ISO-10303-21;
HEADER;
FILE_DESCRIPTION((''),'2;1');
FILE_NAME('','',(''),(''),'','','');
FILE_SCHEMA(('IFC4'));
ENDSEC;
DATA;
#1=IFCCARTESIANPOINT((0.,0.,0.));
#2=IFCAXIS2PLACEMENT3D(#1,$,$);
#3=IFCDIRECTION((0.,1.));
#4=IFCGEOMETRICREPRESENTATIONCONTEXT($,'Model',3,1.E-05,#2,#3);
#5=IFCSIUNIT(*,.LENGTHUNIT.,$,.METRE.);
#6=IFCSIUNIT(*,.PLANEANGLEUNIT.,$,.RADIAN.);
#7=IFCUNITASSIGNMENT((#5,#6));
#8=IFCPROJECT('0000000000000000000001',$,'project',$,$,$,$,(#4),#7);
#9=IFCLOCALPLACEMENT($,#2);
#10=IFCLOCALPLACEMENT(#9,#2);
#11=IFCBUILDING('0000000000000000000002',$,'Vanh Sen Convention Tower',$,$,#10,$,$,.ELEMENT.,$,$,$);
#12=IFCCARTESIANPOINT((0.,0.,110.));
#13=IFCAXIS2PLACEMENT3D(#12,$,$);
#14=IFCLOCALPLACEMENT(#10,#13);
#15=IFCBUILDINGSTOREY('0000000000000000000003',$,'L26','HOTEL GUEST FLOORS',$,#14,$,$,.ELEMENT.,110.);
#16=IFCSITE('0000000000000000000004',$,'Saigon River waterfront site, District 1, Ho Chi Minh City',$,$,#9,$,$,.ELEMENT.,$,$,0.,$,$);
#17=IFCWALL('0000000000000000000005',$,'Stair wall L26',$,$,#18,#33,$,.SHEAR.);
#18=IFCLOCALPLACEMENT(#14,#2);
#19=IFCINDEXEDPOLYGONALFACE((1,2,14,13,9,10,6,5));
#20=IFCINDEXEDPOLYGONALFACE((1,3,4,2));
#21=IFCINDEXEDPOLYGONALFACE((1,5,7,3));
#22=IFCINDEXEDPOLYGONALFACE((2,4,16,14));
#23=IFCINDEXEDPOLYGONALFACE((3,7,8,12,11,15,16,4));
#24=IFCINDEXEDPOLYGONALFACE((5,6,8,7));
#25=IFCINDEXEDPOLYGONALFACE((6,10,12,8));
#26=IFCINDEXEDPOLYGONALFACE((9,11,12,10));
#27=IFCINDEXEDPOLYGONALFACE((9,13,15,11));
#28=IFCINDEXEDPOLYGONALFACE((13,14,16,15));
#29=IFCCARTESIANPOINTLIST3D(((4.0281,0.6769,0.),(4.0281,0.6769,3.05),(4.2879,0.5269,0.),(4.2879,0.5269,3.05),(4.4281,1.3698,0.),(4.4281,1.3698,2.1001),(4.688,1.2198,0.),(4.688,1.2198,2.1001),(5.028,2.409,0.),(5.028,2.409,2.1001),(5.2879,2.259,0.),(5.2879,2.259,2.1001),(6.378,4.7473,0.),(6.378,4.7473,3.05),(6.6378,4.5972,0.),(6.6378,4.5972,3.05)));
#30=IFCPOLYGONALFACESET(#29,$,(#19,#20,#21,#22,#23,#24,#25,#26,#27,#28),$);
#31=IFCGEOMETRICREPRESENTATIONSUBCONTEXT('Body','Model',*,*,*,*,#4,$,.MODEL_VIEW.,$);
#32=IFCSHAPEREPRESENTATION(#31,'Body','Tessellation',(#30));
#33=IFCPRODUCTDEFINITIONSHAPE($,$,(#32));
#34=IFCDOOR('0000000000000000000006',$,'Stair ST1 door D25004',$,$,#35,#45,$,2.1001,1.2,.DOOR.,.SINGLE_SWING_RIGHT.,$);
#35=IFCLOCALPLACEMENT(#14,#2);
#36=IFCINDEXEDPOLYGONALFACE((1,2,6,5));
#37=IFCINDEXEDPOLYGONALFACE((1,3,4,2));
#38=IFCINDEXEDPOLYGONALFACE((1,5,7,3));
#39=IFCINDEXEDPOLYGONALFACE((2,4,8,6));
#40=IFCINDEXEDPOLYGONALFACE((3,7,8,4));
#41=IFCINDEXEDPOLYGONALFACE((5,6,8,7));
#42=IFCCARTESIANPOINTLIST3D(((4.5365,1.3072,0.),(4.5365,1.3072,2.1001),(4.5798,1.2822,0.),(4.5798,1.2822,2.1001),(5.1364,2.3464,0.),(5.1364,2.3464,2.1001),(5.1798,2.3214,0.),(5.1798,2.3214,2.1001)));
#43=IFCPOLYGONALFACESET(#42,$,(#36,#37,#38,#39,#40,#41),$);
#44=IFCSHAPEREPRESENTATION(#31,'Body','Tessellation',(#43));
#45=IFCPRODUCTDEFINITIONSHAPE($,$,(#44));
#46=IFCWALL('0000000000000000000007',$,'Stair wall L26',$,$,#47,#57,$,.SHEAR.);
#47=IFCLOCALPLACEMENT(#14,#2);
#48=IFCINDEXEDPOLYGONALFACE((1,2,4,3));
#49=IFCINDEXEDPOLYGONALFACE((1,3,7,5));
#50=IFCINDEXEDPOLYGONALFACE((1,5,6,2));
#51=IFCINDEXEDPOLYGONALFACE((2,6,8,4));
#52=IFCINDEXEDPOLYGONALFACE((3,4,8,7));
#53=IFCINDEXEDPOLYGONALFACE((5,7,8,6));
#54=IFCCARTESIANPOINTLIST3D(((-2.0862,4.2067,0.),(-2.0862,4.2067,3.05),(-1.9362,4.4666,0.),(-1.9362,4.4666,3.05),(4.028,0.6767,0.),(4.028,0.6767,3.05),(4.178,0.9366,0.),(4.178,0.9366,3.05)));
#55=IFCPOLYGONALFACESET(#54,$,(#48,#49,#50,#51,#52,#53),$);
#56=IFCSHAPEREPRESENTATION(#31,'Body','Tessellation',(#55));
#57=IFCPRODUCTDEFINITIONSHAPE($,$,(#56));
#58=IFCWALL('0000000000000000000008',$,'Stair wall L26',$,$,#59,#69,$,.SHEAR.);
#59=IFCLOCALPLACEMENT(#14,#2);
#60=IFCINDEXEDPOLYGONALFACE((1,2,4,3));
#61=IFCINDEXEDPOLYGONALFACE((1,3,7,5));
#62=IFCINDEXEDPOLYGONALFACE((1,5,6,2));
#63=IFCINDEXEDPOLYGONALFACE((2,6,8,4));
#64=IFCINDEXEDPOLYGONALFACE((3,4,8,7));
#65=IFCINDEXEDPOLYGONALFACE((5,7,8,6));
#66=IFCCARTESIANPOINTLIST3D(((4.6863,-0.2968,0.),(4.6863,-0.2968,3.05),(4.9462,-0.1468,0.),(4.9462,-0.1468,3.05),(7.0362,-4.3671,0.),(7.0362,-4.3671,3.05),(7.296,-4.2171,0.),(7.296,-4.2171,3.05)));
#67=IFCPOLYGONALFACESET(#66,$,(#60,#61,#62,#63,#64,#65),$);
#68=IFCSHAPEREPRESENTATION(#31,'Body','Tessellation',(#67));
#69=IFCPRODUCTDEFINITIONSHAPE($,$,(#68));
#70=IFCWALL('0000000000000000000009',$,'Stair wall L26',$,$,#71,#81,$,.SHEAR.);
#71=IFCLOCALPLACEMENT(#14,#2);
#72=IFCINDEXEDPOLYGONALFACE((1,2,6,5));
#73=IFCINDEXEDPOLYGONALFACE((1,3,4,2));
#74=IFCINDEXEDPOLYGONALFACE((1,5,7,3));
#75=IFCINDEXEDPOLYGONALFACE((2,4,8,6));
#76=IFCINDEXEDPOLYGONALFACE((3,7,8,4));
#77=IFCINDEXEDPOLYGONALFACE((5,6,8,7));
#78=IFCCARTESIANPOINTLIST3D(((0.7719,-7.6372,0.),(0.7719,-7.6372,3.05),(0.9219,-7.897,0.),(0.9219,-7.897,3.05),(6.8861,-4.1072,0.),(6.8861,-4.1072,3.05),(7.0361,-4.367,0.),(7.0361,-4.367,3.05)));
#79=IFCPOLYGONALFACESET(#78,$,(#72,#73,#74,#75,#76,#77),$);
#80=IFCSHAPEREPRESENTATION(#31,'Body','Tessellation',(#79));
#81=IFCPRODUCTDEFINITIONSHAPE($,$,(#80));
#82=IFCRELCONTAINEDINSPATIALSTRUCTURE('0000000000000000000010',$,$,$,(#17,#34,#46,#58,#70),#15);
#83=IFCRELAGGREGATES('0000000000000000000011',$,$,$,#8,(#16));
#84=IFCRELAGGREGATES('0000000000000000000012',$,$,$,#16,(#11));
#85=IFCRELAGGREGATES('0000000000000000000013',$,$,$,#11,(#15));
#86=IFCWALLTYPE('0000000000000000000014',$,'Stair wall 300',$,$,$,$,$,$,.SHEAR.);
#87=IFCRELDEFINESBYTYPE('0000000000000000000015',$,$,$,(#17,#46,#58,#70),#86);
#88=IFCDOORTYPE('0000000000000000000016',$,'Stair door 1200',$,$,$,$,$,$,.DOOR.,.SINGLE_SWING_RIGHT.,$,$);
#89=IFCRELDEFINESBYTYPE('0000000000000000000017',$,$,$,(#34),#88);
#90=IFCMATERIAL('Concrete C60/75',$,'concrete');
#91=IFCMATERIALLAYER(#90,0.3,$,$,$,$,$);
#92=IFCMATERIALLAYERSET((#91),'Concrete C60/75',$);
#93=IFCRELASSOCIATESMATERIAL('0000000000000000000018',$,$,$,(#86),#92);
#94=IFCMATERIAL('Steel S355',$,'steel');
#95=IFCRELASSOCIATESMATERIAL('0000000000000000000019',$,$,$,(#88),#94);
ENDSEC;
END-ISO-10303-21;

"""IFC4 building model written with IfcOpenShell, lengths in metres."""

from ifc_helpers import new_model, si_unit, direction, frame, frame_2d, origin, place, context, subcontext, project, spatial, rectangle, extrude, material, layer, layer_set, type_object, element, fill, save


model = new_model("IFC4")

# Units and contexts
model_context = context("Model", 3, precision=1e-05, world=origin(), true_north=direction((0.0, 1.0)))
body_context = subcontext(model_context, "Body", "Model", "MODEL_VIEW")
ifc_project = project(units=[si_unit("LENGTHUNIT", "METRE"), si_unit("PLANEANGLEUNIT", "RADIAN")], contexts=[model_context])

# Site, building, storey
site_placement = place(None, origin())
site = spatial("IfcSite", under=ifc_project, at=site_placement, Name="Saigon River waterfront site, District 1, Ho Chi Minh City", CompositionType="ELEMENT", RefElevation=0.0)
building_placement = place(site_placement, origin())
building = spatial("IfcBuilding", under=site, at=building_placement, Name="Vanh Sen Convention Tower", CompositionType="ELEMENT")
storey_placement = place(building_placement, frame((0.0, 0.0, 110.0)))
storey = spatial("IfcBuildingStorey", under=building, at=storey_placement, Name="L26", Description="HOTEL GUEST FLOORS", CompositionType="ELEMENT", Elevation=110.0)

# Shared definitions
ifc_material_1 = material(Name="Steel S355", Category="steel")

# Wall, opening, door
ifc_material_2 = material(Name="Concrete C60/75", Category="concrete")
ifc_layer_1 = layer(ifc_material_2, 0.3)
ifc_layer_set_1 = layer_set([ifc_layer_1], Name="Concrete C60/75")
wall_type_1 = type_object("IfcWallType", Name="Stair wall 300", PredefinedType="SHEAR", material=ifc_layer_set_1)
wall_1_placement = place(storey_placement, frame((4.158, 0.6018, 0.0), z_axis=(0.0, 0.0, 1.0), x_axis=(0.499977, 0.866039, 0.0)))
wall_1 = element("IfcWall", 1, at=wall_1_placement, inside=storey, type_object=wall_type_1, Name="Stair wall L26", PredefinedType="SHEAR", context=body_context, shape_type="SweptSolid", body=[
    extrude(rectangle(XDim=4.7, YDim=0.3, at=frame_2d((2.3501, 0.0))), origin(), (0.0, 0.0, 1.0), 3.05),
])
opening_1_placement = place(wall_1_placement, frame((0.8, 0.0, 0.0)))
opening_1 = element("IfcOpeningElement", 2, at=opening_1_placement, cuts=wall_1, PredefinedType="OPENING", context=body_context, shape_type="SweptSolid", body=[
    extrude(rectangle(XDim=1.2, YDim=2.1001, at=frame_2d((0.6001, 1.05))), frame((0.0, 0.1599, 0.0), z_axis=(0.0, -1.0, 0.0), x_axis=(1.0, 0.0, 0.0)), (0.0, 0.0, 1.0), 0.3201),
])
door_type_1 = type_object("IfcDoorType", Name="Stair door 1200", OperationType="SINGLE_SWING_RIGHT", PredefinedType="DOOR", material=ifc_material_1)
door_1_placement = place(opening_1_placement, origin())
door_1 = element("IfcDoor", 3, at=door_1_placement, inside=storey, type_object=door_type_1, Name="Stair ST1 door D25004", OperationType="SINGLE_SWING_RIGHT", OverallHeight=2.1001, OverallWidth=1.2, PredefinedType="DOOR", context=body_context, shape_type="SweptSolid", body=[
    extrude(rectangle(XDim=1.2, YDim=2.1001, at=frame_2d((0.6001, 1.05))), frame((0.0, 0.0249, 0.0), z_axis=(0.0, -1.0, 0.0), x_axis=(1.0, 0.0, 0.0)), (0.0, 0.0, 1.0), 0.05),
])
fill(opening_1, door_1)

# Walls
wall_2_placement = place(storey_placement, frame((4.103, 0.8066, 0.0), z_axis=(0.0, 0.0, 1.0), x_axis=(-0.866028, 0.499996, 0.0)))
element("IfcWall", 4, at=wall_2_placement, inside=storey, type_object=wall_type_1, Name="Stair wall L26", PredefinedType="SHEAR", context=body_context, shape_type="SweptSolid", body=[
    extrude(rectangle(XDim=7.0601, YDim=0.3, at=frame_2d((3.53, 0.0))), origin(), (0.0, 0.0, 1.0), 3.05),
])
wall_3_placement = place(storey_placement, frame((4.8162, -0.2217, 0.0), z_axis=(0.0, 0.0, 1.0), x_axis=(0.499977, -0.866039, 0.0)))
element("IfcWall", 5, at=wall_3_placement, inside=storey, type_object=wall_type_1, Name="Stair wall L26", PredefinedType="SHEAR", context=body_context, shape_type="SweptSolid", body=[
    extrude(rectangle(XDim=4.7, YDim=0.3, at=frame_2d((2.3501, 0.0))), origin(), (0.0, 0.0, 1.0), 3.05),
])
wall_4_placement = place(storey_placement, frame((0.8469, -7.7671, 0.0), z_axis=(0.0, 0.0, 1.0), x_axis=(0.866028, 0.499996, 0.0)))
element("IfcWall", 6, at=wall_4_placement, inside=storey, type_object=wall_type_1, Name="Stair wall L26", PredefinedType="SHEAR", context=body_context, shape_type="SweptSolid", body=[
    extrude(rectangle(XDim=7.0601, YDim=0.3, at=frame_2d((3.53, 0.0))), origin(), (0.0, 0.0, 1.0), 3.05),
])

save(model, "model.ifc")
